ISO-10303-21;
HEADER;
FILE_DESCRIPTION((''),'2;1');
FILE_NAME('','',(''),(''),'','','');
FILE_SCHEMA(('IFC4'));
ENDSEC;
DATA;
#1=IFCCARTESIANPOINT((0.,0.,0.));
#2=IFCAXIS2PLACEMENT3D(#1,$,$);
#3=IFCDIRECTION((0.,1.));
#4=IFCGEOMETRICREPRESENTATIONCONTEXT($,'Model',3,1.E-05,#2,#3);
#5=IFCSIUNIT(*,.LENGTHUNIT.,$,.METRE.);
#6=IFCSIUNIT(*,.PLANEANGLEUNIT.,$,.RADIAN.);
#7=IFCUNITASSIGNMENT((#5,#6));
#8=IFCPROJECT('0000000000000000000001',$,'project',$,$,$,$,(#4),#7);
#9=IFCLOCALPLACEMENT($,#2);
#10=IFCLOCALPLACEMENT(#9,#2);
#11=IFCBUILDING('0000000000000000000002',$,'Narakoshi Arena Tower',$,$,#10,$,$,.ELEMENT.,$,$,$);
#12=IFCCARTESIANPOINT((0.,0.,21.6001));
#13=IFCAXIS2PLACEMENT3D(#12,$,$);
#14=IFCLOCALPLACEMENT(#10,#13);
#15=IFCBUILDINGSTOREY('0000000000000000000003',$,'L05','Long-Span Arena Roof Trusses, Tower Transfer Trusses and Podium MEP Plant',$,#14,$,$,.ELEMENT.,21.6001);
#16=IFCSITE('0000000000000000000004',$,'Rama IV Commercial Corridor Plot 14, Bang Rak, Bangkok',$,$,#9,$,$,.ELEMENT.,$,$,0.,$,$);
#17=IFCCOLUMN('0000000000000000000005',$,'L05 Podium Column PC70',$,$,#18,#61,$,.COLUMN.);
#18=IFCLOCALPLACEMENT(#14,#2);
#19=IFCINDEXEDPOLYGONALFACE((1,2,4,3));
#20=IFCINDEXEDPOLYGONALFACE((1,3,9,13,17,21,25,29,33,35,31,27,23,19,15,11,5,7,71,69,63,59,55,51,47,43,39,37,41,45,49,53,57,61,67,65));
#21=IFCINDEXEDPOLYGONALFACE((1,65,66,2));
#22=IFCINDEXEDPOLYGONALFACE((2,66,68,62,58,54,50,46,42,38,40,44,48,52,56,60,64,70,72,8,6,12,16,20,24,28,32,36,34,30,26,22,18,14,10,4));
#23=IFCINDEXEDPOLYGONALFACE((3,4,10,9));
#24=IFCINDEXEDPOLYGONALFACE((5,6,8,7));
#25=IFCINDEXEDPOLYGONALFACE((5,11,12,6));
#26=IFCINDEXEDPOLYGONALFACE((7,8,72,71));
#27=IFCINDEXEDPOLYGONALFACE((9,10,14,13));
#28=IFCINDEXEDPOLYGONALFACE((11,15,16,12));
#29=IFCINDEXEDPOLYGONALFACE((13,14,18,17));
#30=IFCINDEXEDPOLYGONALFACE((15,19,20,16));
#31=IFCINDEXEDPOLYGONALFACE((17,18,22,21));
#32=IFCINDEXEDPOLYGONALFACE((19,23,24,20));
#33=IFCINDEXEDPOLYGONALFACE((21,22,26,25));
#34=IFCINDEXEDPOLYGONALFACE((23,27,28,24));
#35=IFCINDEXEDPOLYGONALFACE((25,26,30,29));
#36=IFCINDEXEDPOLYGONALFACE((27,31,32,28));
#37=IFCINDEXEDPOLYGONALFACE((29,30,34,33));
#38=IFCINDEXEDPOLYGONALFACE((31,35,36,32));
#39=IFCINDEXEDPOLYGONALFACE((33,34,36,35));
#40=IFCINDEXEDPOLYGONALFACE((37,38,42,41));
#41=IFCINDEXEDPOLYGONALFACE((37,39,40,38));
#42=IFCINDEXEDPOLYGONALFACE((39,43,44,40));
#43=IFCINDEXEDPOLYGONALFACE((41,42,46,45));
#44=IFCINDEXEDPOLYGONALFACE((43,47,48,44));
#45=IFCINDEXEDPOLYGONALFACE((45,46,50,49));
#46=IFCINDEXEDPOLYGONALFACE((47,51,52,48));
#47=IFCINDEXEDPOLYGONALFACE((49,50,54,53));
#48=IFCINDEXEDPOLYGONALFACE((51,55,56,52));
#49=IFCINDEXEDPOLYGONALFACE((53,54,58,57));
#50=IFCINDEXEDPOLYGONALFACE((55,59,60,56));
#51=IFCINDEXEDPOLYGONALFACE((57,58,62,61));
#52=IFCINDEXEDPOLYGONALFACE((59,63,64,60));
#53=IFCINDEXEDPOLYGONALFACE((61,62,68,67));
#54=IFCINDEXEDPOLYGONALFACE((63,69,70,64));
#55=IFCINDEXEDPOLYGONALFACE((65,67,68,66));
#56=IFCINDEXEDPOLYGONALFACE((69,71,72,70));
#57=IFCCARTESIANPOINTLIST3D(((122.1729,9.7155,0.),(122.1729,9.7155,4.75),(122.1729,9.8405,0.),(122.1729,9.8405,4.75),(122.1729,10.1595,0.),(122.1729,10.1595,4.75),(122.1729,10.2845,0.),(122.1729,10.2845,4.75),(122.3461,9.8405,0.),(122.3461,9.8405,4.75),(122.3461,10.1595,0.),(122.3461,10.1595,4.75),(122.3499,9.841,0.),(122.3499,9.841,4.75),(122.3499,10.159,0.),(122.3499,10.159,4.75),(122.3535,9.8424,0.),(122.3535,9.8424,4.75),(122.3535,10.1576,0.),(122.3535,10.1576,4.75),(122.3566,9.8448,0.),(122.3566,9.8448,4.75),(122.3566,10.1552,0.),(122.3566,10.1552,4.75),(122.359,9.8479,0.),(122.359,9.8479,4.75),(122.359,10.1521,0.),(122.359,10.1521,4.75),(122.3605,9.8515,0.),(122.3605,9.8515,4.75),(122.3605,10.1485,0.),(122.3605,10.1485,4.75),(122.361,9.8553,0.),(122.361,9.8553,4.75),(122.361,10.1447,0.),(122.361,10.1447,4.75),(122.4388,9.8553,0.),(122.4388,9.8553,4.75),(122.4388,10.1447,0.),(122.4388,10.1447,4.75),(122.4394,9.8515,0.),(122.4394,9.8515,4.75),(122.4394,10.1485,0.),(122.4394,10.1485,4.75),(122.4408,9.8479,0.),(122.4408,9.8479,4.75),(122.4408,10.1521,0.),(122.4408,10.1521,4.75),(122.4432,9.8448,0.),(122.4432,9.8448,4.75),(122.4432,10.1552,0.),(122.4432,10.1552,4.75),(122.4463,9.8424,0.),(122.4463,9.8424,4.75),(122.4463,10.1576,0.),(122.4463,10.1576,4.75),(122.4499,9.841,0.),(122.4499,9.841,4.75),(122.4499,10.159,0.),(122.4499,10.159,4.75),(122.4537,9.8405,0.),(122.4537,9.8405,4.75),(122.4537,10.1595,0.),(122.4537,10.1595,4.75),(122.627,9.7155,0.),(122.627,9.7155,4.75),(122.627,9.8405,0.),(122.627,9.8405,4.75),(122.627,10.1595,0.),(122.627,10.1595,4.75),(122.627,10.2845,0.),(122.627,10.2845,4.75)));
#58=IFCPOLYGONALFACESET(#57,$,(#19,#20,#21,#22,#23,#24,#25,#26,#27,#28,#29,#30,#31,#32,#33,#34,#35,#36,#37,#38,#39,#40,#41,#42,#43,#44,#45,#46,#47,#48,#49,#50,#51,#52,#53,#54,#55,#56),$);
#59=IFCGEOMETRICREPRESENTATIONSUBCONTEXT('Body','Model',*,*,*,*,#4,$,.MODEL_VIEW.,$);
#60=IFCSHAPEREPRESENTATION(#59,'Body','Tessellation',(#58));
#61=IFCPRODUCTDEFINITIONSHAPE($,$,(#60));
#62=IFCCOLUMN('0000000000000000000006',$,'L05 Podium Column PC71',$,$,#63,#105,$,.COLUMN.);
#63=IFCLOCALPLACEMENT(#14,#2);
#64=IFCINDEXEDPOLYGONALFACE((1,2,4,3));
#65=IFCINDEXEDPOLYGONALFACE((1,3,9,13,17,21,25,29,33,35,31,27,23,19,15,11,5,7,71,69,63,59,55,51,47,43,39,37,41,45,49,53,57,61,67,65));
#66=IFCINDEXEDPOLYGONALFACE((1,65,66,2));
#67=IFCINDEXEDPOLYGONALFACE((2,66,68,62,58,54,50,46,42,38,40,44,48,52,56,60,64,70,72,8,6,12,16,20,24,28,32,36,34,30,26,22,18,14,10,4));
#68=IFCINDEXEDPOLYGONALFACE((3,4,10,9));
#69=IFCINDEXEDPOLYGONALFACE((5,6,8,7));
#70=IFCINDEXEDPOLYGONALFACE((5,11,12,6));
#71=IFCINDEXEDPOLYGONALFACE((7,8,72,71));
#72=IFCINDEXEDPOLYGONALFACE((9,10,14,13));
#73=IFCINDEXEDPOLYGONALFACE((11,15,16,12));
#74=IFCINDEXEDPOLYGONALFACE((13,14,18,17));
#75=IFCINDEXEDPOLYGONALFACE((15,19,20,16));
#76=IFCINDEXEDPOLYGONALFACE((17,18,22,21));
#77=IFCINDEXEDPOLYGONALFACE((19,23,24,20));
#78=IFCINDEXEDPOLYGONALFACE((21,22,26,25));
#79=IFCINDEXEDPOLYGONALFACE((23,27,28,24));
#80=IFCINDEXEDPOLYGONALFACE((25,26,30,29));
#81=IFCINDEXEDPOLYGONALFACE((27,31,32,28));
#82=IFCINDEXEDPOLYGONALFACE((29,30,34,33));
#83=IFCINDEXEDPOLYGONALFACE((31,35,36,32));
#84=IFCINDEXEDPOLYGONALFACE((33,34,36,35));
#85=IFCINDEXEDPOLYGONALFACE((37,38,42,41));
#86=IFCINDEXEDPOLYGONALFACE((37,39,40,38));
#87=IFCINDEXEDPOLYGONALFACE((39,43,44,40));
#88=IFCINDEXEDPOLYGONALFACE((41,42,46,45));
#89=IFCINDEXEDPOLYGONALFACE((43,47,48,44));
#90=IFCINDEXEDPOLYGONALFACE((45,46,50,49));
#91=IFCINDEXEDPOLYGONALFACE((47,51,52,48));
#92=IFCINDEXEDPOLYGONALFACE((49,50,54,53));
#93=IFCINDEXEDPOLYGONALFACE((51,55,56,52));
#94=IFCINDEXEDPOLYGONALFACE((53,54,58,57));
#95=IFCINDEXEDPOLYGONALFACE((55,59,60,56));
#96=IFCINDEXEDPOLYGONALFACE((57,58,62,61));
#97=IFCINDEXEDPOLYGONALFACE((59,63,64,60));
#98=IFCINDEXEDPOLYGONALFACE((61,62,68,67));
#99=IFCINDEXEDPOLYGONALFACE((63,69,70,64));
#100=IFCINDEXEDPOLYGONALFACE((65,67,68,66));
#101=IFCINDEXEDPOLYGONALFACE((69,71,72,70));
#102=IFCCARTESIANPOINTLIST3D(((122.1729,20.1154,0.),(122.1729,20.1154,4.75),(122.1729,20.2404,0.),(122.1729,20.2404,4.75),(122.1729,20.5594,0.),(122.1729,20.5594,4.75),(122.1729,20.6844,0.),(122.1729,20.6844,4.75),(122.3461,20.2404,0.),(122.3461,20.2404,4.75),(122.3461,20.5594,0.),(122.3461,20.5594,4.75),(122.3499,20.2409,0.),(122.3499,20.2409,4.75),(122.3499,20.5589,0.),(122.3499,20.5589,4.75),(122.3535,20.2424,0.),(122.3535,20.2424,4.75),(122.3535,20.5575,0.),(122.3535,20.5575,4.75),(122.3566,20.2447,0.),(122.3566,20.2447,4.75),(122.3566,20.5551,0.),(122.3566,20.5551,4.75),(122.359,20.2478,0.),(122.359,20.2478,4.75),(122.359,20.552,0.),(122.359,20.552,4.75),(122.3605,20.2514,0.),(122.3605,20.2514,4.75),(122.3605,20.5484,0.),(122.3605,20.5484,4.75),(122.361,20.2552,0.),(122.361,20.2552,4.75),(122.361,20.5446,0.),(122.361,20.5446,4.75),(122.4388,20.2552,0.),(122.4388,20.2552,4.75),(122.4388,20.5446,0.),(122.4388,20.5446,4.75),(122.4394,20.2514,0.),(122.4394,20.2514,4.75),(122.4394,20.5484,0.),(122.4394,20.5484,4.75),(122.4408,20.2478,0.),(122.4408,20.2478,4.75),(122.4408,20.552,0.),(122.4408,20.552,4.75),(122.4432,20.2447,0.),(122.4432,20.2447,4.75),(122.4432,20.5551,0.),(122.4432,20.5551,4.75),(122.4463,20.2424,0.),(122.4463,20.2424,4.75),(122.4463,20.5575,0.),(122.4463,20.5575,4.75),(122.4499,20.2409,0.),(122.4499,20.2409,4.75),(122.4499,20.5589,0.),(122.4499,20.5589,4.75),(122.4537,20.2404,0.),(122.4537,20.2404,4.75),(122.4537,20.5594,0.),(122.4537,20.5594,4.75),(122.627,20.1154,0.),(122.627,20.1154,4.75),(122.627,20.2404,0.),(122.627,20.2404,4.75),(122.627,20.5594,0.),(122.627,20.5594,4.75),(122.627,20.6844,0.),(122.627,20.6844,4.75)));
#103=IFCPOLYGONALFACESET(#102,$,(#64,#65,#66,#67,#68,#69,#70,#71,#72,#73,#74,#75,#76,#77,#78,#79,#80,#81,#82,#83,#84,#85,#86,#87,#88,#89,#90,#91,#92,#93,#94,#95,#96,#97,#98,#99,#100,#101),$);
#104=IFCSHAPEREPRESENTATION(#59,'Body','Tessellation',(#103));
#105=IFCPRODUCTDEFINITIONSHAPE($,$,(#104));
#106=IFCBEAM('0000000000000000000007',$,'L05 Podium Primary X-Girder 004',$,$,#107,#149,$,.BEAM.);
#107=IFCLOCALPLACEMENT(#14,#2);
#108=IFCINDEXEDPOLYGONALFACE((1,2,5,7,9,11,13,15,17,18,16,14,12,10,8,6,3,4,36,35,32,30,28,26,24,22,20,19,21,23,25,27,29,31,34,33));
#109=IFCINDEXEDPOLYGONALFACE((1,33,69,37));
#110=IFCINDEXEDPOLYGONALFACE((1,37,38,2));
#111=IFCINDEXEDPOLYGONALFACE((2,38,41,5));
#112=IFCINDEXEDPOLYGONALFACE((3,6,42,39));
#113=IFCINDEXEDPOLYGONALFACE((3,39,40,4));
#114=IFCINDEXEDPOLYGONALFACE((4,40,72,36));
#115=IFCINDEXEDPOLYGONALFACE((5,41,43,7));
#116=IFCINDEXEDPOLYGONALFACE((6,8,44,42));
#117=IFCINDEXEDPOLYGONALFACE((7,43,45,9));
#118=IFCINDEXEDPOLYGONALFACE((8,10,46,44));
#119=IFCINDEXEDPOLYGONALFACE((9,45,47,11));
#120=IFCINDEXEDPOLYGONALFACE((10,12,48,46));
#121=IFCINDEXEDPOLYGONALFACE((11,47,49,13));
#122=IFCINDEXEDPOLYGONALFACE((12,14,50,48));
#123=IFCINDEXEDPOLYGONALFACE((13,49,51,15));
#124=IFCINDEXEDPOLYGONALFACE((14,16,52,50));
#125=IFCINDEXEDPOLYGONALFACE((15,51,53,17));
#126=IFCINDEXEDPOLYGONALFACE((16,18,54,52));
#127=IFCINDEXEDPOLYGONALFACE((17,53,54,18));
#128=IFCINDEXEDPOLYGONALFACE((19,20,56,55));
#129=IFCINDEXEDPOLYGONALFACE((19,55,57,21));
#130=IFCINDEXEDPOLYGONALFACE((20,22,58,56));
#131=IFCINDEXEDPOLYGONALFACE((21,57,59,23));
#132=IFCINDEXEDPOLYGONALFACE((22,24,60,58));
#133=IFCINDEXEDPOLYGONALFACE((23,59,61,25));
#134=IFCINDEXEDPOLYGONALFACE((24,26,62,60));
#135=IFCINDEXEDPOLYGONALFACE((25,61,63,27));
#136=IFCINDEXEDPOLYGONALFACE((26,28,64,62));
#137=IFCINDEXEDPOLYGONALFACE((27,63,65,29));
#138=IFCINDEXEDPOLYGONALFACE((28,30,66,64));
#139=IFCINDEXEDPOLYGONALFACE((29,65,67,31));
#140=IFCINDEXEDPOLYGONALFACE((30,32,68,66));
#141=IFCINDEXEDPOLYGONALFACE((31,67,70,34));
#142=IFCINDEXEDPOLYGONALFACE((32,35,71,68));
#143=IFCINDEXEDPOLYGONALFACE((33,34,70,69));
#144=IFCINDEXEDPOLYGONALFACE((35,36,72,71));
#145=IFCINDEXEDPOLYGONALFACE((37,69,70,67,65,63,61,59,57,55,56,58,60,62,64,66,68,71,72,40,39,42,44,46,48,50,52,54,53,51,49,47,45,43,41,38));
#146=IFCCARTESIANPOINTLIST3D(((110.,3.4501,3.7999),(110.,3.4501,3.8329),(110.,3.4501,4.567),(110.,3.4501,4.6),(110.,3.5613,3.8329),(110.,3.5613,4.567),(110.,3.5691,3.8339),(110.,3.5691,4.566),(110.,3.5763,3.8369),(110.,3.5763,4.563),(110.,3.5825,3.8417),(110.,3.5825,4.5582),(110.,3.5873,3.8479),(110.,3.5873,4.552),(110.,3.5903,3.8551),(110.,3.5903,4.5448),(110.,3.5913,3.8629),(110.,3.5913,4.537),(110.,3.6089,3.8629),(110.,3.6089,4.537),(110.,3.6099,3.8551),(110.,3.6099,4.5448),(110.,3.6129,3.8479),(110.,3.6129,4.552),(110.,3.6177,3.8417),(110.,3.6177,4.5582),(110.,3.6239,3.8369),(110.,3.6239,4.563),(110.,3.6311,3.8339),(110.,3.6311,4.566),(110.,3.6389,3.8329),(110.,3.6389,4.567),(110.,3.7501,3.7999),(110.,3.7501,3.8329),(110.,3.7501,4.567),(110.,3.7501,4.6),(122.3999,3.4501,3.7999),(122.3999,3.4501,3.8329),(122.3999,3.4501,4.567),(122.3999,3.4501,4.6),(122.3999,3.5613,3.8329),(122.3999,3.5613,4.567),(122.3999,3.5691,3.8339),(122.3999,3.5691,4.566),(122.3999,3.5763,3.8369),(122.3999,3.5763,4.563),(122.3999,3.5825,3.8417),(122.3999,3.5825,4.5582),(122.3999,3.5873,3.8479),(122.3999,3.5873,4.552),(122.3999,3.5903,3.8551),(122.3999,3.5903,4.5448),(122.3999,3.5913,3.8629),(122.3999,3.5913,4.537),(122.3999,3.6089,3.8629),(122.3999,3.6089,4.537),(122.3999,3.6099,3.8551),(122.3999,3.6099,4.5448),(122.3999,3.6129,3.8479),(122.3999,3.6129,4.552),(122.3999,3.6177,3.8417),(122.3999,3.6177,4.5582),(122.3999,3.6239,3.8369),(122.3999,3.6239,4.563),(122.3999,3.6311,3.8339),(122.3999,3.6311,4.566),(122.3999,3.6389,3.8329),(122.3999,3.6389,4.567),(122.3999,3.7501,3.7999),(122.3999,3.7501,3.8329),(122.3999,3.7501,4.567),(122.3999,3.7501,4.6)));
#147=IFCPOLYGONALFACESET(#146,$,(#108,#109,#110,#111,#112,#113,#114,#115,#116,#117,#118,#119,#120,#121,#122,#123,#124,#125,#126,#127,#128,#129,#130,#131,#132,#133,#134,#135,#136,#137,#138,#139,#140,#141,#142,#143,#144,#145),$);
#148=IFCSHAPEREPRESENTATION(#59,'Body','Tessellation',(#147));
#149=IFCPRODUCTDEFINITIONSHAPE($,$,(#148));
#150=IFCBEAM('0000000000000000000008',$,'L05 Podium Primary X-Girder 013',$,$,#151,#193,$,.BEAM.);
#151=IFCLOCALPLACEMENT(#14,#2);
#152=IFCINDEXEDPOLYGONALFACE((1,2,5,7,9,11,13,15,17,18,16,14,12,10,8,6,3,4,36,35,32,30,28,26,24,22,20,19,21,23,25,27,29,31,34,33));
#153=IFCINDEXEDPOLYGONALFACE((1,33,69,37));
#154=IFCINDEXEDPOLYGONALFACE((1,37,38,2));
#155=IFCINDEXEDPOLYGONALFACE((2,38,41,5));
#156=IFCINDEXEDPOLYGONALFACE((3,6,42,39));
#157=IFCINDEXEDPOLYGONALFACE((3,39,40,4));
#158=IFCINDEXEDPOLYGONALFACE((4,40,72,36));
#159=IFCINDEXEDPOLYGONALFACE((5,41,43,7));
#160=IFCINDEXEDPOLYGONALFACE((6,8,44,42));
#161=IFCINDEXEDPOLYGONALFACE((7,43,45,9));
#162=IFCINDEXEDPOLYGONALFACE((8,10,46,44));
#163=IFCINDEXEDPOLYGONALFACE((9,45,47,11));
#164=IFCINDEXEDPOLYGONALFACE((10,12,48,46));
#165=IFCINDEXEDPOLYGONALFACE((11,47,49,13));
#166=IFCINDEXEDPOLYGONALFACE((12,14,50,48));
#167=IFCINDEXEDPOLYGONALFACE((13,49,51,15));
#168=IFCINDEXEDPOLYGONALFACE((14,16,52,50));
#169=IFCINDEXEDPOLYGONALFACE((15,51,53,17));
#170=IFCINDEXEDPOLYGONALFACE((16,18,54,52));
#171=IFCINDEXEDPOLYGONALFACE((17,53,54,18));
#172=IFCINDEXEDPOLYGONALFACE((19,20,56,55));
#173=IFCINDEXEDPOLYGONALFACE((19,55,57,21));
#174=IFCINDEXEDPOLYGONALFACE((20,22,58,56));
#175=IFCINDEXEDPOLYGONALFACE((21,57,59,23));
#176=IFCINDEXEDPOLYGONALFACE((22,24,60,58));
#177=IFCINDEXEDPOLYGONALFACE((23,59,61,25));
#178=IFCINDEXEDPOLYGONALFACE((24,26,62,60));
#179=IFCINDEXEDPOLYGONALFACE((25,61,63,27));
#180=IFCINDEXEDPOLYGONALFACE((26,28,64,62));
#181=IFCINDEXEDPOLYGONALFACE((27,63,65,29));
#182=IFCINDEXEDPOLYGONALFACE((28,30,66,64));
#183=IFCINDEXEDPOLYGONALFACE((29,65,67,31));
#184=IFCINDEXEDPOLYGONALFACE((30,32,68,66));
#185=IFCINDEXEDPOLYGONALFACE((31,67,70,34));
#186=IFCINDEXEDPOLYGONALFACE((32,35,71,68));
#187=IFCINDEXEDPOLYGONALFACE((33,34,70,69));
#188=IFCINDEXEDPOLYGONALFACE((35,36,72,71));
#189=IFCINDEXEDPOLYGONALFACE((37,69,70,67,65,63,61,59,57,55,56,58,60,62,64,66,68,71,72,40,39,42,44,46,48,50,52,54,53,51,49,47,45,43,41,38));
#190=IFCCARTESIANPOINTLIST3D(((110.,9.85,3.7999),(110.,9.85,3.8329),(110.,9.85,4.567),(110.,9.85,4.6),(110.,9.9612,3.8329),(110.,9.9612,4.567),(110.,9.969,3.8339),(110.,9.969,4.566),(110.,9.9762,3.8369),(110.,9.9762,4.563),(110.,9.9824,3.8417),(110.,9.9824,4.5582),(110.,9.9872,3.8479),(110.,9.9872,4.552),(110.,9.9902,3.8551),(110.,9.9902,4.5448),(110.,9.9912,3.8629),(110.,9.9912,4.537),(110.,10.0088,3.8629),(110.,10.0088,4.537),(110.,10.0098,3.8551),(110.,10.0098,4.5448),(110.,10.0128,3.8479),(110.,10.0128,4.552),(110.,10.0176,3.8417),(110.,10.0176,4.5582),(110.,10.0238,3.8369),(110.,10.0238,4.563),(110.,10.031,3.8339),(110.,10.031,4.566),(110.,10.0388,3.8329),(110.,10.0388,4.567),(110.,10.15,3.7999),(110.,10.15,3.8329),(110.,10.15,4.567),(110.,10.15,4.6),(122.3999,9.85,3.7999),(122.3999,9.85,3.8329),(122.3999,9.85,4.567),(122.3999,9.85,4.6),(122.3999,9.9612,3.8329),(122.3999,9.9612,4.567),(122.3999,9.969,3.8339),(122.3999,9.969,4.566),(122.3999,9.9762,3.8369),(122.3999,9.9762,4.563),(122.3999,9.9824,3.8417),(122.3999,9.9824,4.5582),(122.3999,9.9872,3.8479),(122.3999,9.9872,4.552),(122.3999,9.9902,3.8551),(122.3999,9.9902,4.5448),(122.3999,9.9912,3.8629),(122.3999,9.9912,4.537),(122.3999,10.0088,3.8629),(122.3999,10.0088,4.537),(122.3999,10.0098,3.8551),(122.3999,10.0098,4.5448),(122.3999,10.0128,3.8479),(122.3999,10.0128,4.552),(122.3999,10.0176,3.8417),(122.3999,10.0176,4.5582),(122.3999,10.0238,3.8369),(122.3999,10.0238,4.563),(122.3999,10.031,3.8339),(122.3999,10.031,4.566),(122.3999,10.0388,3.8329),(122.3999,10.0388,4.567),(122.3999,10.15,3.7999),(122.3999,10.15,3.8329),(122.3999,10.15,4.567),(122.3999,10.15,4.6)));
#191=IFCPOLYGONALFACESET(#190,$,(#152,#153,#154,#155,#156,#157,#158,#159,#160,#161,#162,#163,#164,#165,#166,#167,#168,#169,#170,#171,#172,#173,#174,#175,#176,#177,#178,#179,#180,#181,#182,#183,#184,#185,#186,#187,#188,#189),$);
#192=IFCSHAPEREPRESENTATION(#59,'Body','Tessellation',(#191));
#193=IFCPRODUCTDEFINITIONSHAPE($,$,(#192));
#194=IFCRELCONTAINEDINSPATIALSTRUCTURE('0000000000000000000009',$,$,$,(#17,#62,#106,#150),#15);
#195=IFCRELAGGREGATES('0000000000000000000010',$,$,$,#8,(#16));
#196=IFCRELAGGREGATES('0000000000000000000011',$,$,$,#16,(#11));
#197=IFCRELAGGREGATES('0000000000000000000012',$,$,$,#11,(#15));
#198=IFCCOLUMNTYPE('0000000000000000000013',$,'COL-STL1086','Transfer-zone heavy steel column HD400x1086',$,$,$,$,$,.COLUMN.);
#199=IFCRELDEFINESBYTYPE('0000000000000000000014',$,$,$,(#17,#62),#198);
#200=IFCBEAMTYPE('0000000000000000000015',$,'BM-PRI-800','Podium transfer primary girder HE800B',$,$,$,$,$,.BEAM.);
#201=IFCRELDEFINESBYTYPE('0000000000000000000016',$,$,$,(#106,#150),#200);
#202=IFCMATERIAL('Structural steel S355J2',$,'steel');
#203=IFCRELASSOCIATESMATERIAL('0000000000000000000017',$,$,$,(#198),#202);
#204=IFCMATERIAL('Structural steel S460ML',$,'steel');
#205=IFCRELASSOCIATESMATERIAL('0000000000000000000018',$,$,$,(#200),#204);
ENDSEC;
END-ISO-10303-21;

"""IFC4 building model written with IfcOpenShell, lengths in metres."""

from ifc_helpers import new_model, si_unit, direction, frame, origin, origin_2d, place, context, subcontext, project, spatial, i_section, extrude, material, material_profile, profile_set, type_object, element, save


model = new_model("IFC4")

# Units and contexts
model_context = context("Model", 3, precision=1e-05, world=origin(), true_north=direction((0.0, 1.0)))
body_context = subcontext(model_context, "Body", "Model", "MODEL_VIEW")
ifc_project = project(units=[si_unit("LENGTHUNIT", "METRE"), si_unit("PLANEANGLEUNIT", "RADIAN")], contexts=[model_context])

# Site, building, storey
site_placement = place(None, origin())
site = spatial("IfcSite", under=ifc_project, at=site_placement, Name="Rama IV Commercial Corridor Plot 14, Bang Rak, Bangkok", CompositionType="ELEMENT", RefElevation=0.0)
building_placement = place(site_placement, origin())
building = spatial("IfcBuilding", under=site, at=building_placement, Name="Narakoshi Arena Tower", CompositionType="ELEMENT")
storey_placement = place(building_placement, frame((0.0, 0.0, 21.6001)))
storey = spatial("IfcBuildingStorey", under=building, at=storey_placement, Name="L05", Description="Long-Span Arena Roof Trusses, Tower Transfer Trusses and Podium MEP Plant", CompositionType="ELEMENT", Elevation=21.6001)

# Columns
ifc_material_1 = material(Name="Structural steel S355J2", Category="steel")
ifc_material_profile_1 = material_profile(ifc_material_1, i_section(OverallWidth=0.4541, OverallDepth=0.5691, WebThickness=0.0779, FlangeThickness=0.125, FilletRadius=0.0149, at=origin_2d()), Name="HD400x1086")
ifc_profile_set_1 = profile_set([ifc_material_profile_1], Name="Structural steel S355J2")
column_type = type_object("IfcColumnType", Name="COL-STL1086", Description="Transfer-zone heavy steel column HD400x1086", PredefinedType="COLUMN", material=ifc_profile_set_1)
for number, where, z_axis, x_axis, name in (
    (1, (122.3999, 10.0, 0.0), (0.0, 0.0, 1.0), (1.0, 0.0, 0.0), "L05 Podium Column PC70"),
    (2, (122.3999, 20.3999, 0.0), (0.0, 0.0, 1.0), (1.0, 0.0, 0.0), "L05 Podium Column PC71"),
):
    element("IfcColumn", number, at=place(storey_placement, frame(where, z_axis=z_axis, x_axis=x_axis)), inside=storey, type_object=column_type, Name=name, PredefinedType="COLUMN", context=body_context, shape_type="SweptSolid", body=[
        extrude(i_section(OverallWidth=0.4541, OverallDepth=0.5691, WebThickness=0.0779, FlangeThickness=0.125, FilletRadius=0.0149, at=origin_2d()), origin(), (0.0, 0.0, 1.0), 4.75),
    ])

# Beams
ifc_material_2 = material(Name="Structural steel S460ML", Category="steel")
ifc_material_profile_2 = material_profile(ifc_material_2, i_section(OverallWidth=0.3, OverallDepth=0.8, WebThickness=0.0176, FlangeThickness=0.033, FilletRadius=0.03, at=origin_2d()), Name="HE800B")
ifc_profile_set_2 = profile_set([ifc_material_profile_2], Name="Structural steel S460ML")
beam_type_1 = type_object("IfcBeamType", Name="BM-PRI-800", Description="Podium transfer primary girder HE800B", PredefinedType="BEAM", material=ifc_profile_set_2)
for number, where, z_axis, x_axis, name in (
    (3, (110.0, 3.6001, 4.2), (1.0, 0.0, 0.0), (0.0, 1.0, 0.0), "L05 Podium Primary X-Girder 004"),
    (4, (110.0, 10.0, 4.2), (1.0, 0.0, 0.0), (0.0, 1.0, 0.0), "L05 Podium Primary X-Girder 013"),
):
    element("IfcBeam", number, at=place(storey_placement, frame(where, z_axis=z_axis, x_axis=x_axis)), inside=storey, type_object=beam_type_1, Name=name, PredefinedType="BEAM", context=body_context, shape_type="SweptSolid", body=[
        extrude(i_section(OverallWidth=0.3, OverallDepth=0.8, WebThickness=0.0176, FlangeThickness=0.033, FilletRadius=0.03, at=origin_2d()), origin(), (0.0, 0.0, 1.0), 12.3999),
    ])

save(model, "model.ifc")
